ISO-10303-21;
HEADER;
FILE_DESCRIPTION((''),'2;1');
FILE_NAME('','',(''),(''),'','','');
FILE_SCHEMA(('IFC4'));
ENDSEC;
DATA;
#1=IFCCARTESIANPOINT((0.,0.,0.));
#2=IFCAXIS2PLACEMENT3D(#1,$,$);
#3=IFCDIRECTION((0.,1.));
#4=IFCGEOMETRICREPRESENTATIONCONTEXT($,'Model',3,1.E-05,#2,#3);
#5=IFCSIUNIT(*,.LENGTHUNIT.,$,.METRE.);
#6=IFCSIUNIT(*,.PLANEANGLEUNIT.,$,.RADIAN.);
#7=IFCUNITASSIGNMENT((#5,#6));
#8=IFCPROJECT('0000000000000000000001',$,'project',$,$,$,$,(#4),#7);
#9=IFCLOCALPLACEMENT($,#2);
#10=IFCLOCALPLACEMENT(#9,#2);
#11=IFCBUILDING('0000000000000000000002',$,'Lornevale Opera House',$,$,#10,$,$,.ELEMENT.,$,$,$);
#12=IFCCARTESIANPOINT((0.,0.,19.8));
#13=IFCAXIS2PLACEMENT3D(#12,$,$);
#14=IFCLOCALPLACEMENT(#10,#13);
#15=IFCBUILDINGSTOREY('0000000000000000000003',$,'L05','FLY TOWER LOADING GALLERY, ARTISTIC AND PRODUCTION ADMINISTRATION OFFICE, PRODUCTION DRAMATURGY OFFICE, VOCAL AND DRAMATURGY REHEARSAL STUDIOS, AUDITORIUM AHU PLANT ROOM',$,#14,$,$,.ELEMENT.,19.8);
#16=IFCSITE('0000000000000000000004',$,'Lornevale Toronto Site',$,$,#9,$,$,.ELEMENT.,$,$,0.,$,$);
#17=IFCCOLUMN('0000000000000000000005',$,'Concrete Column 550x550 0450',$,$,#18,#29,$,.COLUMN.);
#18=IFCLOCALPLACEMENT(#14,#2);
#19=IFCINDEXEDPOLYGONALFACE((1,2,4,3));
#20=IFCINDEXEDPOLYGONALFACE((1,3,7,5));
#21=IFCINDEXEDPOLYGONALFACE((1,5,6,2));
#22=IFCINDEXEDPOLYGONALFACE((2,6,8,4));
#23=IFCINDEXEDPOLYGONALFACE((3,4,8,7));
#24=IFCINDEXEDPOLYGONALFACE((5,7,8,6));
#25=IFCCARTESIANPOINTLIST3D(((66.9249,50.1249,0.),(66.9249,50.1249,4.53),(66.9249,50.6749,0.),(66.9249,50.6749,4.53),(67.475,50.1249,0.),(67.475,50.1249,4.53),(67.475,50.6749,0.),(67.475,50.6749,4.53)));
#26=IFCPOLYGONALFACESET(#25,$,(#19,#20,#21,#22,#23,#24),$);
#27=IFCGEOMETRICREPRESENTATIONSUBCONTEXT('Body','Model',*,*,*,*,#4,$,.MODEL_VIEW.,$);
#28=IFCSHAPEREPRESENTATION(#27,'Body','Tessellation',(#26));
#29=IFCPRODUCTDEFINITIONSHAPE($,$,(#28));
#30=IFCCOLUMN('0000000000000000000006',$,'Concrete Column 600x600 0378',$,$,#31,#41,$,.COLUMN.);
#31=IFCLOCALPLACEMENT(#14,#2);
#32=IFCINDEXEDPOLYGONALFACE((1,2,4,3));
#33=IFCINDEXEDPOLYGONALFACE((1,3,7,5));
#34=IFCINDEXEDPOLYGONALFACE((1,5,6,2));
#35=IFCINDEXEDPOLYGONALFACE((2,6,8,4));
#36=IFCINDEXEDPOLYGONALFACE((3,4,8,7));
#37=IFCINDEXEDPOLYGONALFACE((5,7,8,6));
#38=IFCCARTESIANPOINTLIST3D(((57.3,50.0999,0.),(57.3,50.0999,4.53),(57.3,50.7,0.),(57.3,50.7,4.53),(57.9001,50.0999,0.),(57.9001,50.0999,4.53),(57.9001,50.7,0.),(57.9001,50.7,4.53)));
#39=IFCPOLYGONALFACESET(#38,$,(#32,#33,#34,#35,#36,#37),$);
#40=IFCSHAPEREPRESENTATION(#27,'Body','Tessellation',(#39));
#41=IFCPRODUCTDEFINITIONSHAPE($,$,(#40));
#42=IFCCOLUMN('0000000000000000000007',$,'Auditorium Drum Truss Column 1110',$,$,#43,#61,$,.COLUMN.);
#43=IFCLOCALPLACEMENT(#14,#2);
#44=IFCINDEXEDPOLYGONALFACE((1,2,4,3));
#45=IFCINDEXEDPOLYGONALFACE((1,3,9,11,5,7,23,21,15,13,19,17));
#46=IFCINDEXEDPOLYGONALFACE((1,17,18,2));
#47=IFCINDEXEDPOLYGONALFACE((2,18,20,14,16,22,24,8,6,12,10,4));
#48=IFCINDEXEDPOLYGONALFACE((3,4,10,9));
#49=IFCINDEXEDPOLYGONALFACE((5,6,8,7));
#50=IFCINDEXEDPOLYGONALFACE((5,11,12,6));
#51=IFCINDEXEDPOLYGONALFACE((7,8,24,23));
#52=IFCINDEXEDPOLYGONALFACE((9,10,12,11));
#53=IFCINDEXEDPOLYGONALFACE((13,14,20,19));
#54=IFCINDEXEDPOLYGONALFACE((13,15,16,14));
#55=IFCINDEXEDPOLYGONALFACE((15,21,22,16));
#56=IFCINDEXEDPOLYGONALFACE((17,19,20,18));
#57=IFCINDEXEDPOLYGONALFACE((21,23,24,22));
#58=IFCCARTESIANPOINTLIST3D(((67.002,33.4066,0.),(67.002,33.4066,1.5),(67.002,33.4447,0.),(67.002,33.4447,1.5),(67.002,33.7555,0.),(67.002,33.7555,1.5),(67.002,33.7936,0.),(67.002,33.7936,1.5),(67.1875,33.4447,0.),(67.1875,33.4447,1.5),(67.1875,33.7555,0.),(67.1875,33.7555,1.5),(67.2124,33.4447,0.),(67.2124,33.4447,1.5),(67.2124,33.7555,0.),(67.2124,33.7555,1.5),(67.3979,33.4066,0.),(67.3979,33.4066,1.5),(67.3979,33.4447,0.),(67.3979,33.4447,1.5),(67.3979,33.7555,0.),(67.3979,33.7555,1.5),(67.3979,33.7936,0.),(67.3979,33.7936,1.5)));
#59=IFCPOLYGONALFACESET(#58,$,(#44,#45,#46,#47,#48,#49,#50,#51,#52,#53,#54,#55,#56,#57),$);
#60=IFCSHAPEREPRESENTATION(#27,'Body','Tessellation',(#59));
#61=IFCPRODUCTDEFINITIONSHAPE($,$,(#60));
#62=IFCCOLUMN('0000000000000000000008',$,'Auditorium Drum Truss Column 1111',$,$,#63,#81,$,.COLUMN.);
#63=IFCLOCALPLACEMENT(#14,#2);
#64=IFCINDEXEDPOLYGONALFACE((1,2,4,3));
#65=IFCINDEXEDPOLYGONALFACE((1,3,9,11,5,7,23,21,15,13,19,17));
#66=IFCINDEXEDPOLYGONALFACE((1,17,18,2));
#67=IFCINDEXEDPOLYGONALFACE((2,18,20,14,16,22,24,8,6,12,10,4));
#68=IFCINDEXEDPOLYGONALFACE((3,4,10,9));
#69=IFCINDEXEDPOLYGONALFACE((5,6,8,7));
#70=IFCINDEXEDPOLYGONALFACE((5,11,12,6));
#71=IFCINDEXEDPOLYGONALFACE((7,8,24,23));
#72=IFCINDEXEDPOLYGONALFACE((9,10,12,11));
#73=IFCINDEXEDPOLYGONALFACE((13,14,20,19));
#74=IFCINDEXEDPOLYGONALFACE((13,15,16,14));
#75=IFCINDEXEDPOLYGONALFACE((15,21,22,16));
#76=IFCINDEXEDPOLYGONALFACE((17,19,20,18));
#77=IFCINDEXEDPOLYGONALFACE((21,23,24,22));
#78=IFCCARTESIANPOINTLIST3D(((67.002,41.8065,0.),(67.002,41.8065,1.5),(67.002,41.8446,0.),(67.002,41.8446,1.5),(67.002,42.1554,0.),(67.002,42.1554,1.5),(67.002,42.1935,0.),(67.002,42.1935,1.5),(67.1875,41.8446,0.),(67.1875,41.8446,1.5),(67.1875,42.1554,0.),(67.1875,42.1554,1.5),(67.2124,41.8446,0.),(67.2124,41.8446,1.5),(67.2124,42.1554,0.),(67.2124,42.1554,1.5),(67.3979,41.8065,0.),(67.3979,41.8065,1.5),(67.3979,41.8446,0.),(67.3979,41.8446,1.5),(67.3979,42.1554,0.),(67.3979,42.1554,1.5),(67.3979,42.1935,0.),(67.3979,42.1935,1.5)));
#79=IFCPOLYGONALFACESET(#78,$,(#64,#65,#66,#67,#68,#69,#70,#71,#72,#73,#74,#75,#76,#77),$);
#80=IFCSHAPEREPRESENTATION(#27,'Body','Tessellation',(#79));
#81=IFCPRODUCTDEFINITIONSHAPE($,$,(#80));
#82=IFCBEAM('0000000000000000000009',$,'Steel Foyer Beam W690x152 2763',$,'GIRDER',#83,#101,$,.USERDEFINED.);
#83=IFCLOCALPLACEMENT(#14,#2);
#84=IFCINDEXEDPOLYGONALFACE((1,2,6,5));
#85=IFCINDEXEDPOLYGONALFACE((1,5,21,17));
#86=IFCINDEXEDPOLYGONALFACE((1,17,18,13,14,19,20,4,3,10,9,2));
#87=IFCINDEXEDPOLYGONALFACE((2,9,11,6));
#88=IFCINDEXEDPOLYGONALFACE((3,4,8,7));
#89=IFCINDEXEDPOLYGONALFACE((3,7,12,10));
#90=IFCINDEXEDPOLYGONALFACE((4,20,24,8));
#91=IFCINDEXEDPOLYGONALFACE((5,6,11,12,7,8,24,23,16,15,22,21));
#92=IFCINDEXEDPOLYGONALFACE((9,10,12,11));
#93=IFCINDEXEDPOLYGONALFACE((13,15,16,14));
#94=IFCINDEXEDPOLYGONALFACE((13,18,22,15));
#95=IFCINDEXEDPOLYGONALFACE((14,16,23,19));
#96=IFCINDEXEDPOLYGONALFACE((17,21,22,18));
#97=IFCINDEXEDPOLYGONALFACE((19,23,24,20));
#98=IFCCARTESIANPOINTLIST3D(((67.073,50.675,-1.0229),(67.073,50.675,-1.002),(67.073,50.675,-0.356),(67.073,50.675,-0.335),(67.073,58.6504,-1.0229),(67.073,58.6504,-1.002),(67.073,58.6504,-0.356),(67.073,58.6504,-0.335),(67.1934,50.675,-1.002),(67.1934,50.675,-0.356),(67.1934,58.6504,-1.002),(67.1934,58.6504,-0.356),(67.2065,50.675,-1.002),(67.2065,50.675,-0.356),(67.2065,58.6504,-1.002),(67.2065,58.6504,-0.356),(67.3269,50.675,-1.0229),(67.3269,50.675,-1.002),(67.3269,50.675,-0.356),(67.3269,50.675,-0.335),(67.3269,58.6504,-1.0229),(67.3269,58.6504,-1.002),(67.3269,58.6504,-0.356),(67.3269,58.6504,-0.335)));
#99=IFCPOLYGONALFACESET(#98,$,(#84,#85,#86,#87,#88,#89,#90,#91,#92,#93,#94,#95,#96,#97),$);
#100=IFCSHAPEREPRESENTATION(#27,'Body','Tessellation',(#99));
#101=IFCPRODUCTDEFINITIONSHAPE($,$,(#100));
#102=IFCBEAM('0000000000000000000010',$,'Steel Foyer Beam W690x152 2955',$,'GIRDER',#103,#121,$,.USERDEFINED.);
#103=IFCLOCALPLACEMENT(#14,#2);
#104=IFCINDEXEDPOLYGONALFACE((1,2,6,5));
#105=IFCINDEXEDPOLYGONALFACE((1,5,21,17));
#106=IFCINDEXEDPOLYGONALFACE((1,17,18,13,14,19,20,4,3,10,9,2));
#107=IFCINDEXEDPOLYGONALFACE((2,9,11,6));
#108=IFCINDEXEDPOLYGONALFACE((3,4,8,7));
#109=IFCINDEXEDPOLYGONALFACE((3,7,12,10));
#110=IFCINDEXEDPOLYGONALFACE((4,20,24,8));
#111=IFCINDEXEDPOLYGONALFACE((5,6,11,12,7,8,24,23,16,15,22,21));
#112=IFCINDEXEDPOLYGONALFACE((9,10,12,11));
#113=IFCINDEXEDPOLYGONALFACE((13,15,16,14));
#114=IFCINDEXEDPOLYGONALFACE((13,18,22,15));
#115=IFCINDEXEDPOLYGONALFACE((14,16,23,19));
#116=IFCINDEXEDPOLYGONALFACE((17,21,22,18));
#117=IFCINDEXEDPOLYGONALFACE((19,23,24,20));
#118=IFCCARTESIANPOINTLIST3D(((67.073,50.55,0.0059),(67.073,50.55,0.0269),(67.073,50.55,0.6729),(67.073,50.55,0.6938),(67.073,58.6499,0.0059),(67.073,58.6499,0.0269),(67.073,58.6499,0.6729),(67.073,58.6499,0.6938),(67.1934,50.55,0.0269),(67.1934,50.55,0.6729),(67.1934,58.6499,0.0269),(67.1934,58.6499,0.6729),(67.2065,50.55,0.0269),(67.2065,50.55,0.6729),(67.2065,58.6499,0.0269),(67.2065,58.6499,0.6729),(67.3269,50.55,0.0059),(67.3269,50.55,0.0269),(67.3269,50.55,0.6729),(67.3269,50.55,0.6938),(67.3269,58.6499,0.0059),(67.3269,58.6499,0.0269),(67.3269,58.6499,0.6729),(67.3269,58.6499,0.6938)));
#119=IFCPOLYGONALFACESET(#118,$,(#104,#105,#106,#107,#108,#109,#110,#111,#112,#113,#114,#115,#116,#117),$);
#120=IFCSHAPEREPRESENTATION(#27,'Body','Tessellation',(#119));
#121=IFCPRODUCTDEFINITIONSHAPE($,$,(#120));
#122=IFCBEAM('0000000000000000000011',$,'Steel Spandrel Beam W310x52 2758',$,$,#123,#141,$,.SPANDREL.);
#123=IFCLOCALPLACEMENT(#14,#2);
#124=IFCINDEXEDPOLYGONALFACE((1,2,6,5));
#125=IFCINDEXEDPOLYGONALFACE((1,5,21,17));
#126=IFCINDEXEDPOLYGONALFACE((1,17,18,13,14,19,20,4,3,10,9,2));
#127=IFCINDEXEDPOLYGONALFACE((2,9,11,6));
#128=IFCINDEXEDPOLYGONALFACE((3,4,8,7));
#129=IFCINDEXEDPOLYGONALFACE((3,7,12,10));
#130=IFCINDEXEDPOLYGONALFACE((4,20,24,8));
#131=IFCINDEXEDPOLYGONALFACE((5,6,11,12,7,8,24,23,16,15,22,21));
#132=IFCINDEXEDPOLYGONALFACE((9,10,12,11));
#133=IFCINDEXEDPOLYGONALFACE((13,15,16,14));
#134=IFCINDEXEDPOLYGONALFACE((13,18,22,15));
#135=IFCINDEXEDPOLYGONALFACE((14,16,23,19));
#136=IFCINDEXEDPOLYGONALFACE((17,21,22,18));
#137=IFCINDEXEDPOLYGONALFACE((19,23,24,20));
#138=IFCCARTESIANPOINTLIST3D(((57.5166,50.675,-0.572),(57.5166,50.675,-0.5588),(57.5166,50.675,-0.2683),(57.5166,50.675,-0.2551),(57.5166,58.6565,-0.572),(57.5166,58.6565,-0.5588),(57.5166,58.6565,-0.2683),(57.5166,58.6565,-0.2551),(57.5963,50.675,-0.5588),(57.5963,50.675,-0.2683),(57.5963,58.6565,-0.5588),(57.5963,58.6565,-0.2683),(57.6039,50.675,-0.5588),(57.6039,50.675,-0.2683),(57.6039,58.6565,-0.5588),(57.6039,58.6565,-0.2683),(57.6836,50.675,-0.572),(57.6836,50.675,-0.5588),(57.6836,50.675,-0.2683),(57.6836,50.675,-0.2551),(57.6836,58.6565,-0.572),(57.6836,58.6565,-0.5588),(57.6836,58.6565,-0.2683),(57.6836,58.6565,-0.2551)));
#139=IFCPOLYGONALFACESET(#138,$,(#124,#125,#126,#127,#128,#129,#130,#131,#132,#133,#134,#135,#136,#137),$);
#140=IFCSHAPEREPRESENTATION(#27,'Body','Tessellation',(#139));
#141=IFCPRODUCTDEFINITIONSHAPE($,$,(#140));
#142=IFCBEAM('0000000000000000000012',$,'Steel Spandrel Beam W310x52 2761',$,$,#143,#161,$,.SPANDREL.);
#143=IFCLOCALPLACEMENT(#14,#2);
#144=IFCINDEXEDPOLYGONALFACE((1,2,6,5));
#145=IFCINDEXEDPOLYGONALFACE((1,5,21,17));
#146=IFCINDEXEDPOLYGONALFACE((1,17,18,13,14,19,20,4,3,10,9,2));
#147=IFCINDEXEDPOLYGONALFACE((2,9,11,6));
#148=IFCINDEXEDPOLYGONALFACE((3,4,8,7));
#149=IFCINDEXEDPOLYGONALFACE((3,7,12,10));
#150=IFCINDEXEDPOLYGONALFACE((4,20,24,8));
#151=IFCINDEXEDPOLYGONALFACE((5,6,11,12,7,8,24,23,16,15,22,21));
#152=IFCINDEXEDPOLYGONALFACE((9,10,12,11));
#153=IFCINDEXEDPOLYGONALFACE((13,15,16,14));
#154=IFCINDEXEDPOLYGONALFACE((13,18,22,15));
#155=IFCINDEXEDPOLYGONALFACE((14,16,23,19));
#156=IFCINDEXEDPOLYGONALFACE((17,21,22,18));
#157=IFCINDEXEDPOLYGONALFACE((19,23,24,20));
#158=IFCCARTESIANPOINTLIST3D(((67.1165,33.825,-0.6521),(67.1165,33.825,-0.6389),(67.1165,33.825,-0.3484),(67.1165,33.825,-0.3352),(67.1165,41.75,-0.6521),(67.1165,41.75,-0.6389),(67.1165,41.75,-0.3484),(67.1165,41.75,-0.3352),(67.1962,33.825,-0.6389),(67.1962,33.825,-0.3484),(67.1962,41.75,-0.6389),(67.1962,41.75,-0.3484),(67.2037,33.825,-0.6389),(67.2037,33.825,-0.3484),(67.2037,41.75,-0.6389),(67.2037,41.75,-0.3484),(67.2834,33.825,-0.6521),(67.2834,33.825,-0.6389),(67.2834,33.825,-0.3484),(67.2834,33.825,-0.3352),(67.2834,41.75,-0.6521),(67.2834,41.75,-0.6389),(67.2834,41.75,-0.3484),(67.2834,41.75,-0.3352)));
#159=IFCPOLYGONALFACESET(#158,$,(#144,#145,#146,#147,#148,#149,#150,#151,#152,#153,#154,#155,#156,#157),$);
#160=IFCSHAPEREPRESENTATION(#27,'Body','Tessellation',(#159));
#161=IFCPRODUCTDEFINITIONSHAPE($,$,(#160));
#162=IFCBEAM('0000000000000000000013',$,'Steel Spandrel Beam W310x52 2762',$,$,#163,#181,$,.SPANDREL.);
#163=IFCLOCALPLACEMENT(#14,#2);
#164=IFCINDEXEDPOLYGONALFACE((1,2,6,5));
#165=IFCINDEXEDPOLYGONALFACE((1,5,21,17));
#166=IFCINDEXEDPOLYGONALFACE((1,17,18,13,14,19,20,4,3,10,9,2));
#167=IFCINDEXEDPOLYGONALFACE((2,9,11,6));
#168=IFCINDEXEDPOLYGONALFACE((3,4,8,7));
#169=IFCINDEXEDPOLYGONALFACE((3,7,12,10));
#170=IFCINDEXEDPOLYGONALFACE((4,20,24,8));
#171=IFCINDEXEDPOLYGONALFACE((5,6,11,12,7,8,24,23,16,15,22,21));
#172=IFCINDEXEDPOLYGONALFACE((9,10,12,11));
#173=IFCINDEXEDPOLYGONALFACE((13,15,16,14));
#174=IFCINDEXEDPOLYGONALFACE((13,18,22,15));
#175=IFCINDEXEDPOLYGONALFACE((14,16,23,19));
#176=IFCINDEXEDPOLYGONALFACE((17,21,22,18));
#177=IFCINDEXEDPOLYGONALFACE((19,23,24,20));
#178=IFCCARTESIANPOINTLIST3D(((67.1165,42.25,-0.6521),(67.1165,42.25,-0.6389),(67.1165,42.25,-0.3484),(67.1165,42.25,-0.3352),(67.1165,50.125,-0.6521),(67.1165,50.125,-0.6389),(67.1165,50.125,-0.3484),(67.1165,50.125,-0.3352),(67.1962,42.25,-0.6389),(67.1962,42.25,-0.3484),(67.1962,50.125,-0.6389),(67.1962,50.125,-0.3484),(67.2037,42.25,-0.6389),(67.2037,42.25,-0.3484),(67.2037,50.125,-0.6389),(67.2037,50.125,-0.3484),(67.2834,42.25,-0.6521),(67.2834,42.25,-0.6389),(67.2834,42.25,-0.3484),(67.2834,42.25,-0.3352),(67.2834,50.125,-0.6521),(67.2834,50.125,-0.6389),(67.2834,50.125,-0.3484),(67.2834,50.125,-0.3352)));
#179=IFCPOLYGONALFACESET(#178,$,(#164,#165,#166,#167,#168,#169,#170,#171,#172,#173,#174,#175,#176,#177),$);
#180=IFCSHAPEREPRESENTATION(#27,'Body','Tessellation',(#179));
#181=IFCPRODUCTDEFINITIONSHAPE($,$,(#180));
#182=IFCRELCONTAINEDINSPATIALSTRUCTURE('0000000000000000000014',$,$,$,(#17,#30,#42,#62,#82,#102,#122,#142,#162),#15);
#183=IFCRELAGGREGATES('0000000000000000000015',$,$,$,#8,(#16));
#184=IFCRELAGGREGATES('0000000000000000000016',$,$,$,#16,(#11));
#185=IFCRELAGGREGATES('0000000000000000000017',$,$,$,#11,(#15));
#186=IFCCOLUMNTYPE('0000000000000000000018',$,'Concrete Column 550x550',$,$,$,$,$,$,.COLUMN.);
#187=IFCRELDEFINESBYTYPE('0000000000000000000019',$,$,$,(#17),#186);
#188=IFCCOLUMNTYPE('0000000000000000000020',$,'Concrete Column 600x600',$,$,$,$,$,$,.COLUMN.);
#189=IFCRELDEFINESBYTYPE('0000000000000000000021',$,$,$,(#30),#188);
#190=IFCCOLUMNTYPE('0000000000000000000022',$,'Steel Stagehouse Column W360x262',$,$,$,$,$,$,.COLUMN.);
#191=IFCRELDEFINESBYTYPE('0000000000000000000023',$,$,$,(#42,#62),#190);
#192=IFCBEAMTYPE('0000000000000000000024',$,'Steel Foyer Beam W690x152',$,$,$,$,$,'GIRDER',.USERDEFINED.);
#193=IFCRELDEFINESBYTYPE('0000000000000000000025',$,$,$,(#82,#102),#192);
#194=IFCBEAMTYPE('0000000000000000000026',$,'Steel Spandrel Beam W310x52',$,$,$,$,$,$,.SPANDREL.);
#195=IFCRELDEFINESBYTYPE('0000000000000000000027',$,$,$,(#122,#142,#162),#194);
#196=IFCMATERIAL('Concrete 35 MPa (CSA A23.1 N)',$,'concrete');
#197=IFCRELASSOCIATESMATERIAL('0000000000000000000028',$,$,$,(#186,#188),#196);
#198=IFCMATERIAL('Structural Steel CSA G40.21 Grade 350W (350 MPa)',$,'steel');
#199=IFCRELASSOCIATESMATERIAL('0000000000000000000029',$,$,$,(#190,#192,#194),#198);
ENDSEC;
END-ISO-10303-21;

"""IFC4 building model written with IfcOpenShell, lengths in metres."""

from ifc_helpers import new_model, si_unit, direction, frame, origin, origin_2d, place, context, subcontext, project, spatial, rectangle, i_section, extrude, material, material_profile, profile_set, type_object, element, save


model = new_model("IFC4")

# Units and contexts
model_context = context("Model", 3, precision=1e-05, world=origin(), true_north=direction((0.0, 1.0)))
body_context = subcontext(model_context, "Body", "Model", "MODEL_VIEW")
ifc_project = project(units=[si_unit("LENGTHUNIT", "METRE"), si_unit("PLANEANGLEUNIT", "RADIAN")], contexts=[model_context])

# Site, building, storey
site_placement = place(None, origin())
site = spatial("IfcSite", under=ifc_project, at=site_placement, Name="Lornevale Toronto Site", CompositionType="ELEMENT", RefElevation=0.0)
building_placement = place(site_placement, origin())
building = spatial("IfcBuilding", under=site, at=building_placement, Name="Lornevale Opera House", CompositionType="ELEMENT")
storey_placement = place(building_placement, frame((0.0, 0.0, 19.8)))
storey = spatial("IfcBuildingStorey", under=building, at=storey_placement, Name="L05", Description="FLY TOWER LOADING GALLERY, ARTISTIC AND PRODUCTION ADMINISTRATION OFFICE, PRODUCTION DRAMATURGY OFFICE, VOCAL AND DRAMATURGY REHEARSAL STUDIOS, AUDITORIUM AHU PLANT ROOM", CompositionType="ELEMENT", Elevation=19.8)

# Columns
ifc_material_1 = material(Name="Concrete 35 MPa (CSA A23.1 N)", Category="concrete")
ifc_material_profile_1 = material_profile(ifc_material_1, rectangle(XDim=0.55, YDim=0.55, at=origin_2d()), Name="RC550x550")
ifc_profile_set_1 = profile_set([ifc_material_profile_1], Name="Concrete 35 MPa (CSA A23.1 N)")
column_type_1 = type_object("IfcColumnType", Name="Concrete Column 550x550", PredefinedType="COLUMN", material=ifc_profile_set_1)
column_1_placement = place(storey_placement, frame((67.2, 50.3999, 0.0), z_axis=(0.0, 0.0, 1.0), x_axis=(1.0, 0.0, 0.0)))
element("IfcColumn", 1, at=column_1_placement, inside=storey, type_object=column_type_1, Name="Concrete Column 550x550 0450", PredefinedType="COLUMN", context=body_context, shape_type="SweptSolid", body=[
    extrude(rectangle(XDim=0.55, YDim=0.55, at=origin_2d()), origin(), (0.0, 0.0, 1.0), 4.53),
])
ifc_material_profile_2 = material_profile(ifc_material_1, rectangle(XDim=0.6001, YDim=0.6001, at=origin_2d()), Name="RC600x600")
ifc_profile_set_2 = profile_set([ifc_material_profile_2], Name="Concrete 35 MPa (CSA A23.1 N)")
column_type_2 = type_object("IfcColumnType", Name="Concrete Column 600x600", PredefinedType="COLUMN", material=ifc_profile_set_2)
column_2_placement = place(storey_placement, frame((57.6001, 50.3999, 0.0), z_axis=(0.0, 0.0, 1.0), x_axis=(1.0, 0.0, 0.0)))
element("IfcColumn", 2, at=column_2_placement, inside=storey, type_object=column_type_2, Name="Concrete Column 600x600 0378", PredefinedType="COLUMN", context=body_context, shape_type="SweptSolid", body=[
    extrude(rectangle(XDim=0.6001, YDim=0.6001, at=origin_2d()), origin(), (0.0, 0.0, 1.0), 4.53),
])
ifc_material_2 = material(Name="Structural Steel CSA G40.21 Grade 350W (350 MPa)", Category="steel")
ifc_material_profile_3 = material_profile(ifc_material_2, i_section(OverallWidth=0.396, OverallDepth=0.387, WebThickness=0.0249, FlangeThickness=0.0381, at=origin_2d()), Name="W360x262")
ifc_profile_set_3 = profile_set([ifc_material_profile_3], Name="Structural Steel CSA G40.21 Grade 350W (350 MPa)")
column_type_3 = type_object("IfcColumnType", Name="Steel Stagehouse Column W360x262", PredefinedType="COLUMN", material=ifc_profile_set_3)
for number, where, z_axis, x_axis, name in (
    (3, (67.2, 33.6001, 0.0), (0.0, 0.0, 1.0), (1.0, 0.0, 0.0), "Auditorium Drum Truss Column 1110"),
    (4, (67.2, 42.0, 0.0), (0.0, 0.0, 1.0), (1.0, 0.0, 0.0), "Auditorium Drum Truss Column 1111"),
):
    element("IfcColumn", number, at=place(storey_placement, frame(where, z_axis=z_axis, x_axis=x_axis)), inside=storey, type_object=column_type_3, Name=name, PredefinedType="COLUMN", context=body_context, shape_type="SweptSolid", body=[
        extrude(i_section(OverallWidth=0.396, OverallDepth=0.387, WebThickness=0.0249, FlangeThickness=0.0381, at=origin_2d()), origin(), (0.0, 0.0, 1.0), 1.5),
    ])

# Beams
ifc_material_profile_4 = material_profile(ifc_material_2, i_section(OverallWidth=0.2539, OverallDepth=0.688, WebThickness=0.0132, FlangeThickness=0.021, at=origin_2d()), Name="W690x152")
ifc_profile_set_4 = profile_set([ifc_material_profile_4], Name="Structural Steel CSA G40.21 Grade 350W (350 MPa)")
beam_type_1 = type_object("IfcBeamType", Name="Steel Foyer Beam W690x152", ElementType="GIRDER", PredefinedType="USERDEFINED", material=ifc_profile_set_4)
beam_1_placement = place(storey_placement, frame((67.2, 50.675, -0.679), z_axis=(0.0, 1.0, 0.0), x_axis=(-1.0, 0.0, 0.0)))
element("IfcBeam", 5, at=beam_1_placement, inside=storey, type_object=beam_type_1, Name="Steel Foyer Beam W690x152 2763", ObjectType="GIRDER", PredefinedType="USERDEFINED", context=body_context, shape_type="SweptSolid", body=[
    extrude(i_section(OverallWidth=0.2539, OverallDepth=0.688, WebThickness=0.0132, FlangeThickness=0.021, at=origin_2d()), origin(), (0.0, 0.0, 1.0), 7.9753),
])
beam_2_placement = place(storey_placement, frame((67.2, 50.55, 0.3499), z_axis=(0.0, 1.0, 0.0), x_axis=(-1.0, 0.0, 0.0)))
element("IfcBeam", 6, at=beam_2_placement, inside=storey, type_object=beam_type_1, Name="Steel Foyer Beam W690x152 2955", ObjectType="GIRDER", PredefinedType="USERDEFINED", context=body_context, shape_type="SweptSolid", body=[
    extrude(i_section(OverallWidth=0.2539, OverallDepth=0.688, WebThickness=0.0132, FlangeThickness=0.021, at=origin_2d()), origin(), (0.0, 0.0, 1.0), 8.0999),
])
ifc_material_profile_5 = material_profile(ifc_material_2, i_section(OverallWidth=0.167, OverallDepth=0.3169, WebThickness=0.0076, FlangeThickness=0.0132, at=origin_2d()), Name="W310x52")
ifc_profile_set_5 = profile_set([ifc_material_profile_5], Name="Structural Steel CSA G40.21 Grade 350W (350 MPa)")
beam_type_2 = type_object("IfcBeamType", Name="Steel Spandrel Beam W310x52", PredefinedType="SPANDREL", material=ifc_profile_set_5)
beam_3_placement = place(storey_placement, frame((57.6001, 50.675, -0.4136), z_axis=(0.0, 1.0, 0.0), x_axis=(-1.0, 0.0, 0.0)))
element("IfcBeam", 7, at=beam_3_placement, inside=storey, type_object=beam_type_2, Name="Steel Spandrel Beam W310x52 2758", PredefinedType="SPANDREL", context=body_context, shape_type="SweptSolid", body=[
    extrude(i_section(OverallWidth=0.167, OverallDepth=0.3169, WebThickness=0.0076, FlangeThickness=0.0132, at=origin_2d()), origin(), (0.0, 0.0, 1.0), 7.9814),
])
beam_4_placement = place(storey_placement, frame((67.2, 33.825, -0.4937), z_axis=(0.0, 1.0, 0.0), x_axis=(-1.0, 0.0, 0.0)))
element("IfcBeam", 8, at=beam_4_placement, inside=storey, type_object=beam_type_2, Name="Steel Spandrel Beam W310x52 2761", PredefinedType="SPANDREL", context=body_context, shape_type="SweptSolid", body=[
    extrude(i_section(OverallWidth=0.167, OverallDepth=0.3169, WebThickness=0.0076, FlangeThickness=0.0132, at=origin_2d()), origin(), (0.0, 0.0, 1.0), 7.925),
])
beam_5_placement = place(storey_placement, frame((67.2, 42.25, -0.4937), z_axis=(0.0, 1.0, 0.0), x_axis=(-1.0, 0.0, 0.0)))
element("IfcBeam", 9, at=beam_5_placement, inside=storey, type_object=beam_type_2, Name="Steel Spandrel Beam W310x52 2762", PredefinedType="SPANDREL", context=body_context, shape_type="SweptSolid", body=[
    extrude(i_section(OverallWidth=0.167, OverallDepth=0.3169, WebThickness=0.0076, FlangeThickness=0.0132, at=origin_2d()), origin(), (0.0, 0.0, 1.0), 7.875),
])

save(model, "model.ifc")
